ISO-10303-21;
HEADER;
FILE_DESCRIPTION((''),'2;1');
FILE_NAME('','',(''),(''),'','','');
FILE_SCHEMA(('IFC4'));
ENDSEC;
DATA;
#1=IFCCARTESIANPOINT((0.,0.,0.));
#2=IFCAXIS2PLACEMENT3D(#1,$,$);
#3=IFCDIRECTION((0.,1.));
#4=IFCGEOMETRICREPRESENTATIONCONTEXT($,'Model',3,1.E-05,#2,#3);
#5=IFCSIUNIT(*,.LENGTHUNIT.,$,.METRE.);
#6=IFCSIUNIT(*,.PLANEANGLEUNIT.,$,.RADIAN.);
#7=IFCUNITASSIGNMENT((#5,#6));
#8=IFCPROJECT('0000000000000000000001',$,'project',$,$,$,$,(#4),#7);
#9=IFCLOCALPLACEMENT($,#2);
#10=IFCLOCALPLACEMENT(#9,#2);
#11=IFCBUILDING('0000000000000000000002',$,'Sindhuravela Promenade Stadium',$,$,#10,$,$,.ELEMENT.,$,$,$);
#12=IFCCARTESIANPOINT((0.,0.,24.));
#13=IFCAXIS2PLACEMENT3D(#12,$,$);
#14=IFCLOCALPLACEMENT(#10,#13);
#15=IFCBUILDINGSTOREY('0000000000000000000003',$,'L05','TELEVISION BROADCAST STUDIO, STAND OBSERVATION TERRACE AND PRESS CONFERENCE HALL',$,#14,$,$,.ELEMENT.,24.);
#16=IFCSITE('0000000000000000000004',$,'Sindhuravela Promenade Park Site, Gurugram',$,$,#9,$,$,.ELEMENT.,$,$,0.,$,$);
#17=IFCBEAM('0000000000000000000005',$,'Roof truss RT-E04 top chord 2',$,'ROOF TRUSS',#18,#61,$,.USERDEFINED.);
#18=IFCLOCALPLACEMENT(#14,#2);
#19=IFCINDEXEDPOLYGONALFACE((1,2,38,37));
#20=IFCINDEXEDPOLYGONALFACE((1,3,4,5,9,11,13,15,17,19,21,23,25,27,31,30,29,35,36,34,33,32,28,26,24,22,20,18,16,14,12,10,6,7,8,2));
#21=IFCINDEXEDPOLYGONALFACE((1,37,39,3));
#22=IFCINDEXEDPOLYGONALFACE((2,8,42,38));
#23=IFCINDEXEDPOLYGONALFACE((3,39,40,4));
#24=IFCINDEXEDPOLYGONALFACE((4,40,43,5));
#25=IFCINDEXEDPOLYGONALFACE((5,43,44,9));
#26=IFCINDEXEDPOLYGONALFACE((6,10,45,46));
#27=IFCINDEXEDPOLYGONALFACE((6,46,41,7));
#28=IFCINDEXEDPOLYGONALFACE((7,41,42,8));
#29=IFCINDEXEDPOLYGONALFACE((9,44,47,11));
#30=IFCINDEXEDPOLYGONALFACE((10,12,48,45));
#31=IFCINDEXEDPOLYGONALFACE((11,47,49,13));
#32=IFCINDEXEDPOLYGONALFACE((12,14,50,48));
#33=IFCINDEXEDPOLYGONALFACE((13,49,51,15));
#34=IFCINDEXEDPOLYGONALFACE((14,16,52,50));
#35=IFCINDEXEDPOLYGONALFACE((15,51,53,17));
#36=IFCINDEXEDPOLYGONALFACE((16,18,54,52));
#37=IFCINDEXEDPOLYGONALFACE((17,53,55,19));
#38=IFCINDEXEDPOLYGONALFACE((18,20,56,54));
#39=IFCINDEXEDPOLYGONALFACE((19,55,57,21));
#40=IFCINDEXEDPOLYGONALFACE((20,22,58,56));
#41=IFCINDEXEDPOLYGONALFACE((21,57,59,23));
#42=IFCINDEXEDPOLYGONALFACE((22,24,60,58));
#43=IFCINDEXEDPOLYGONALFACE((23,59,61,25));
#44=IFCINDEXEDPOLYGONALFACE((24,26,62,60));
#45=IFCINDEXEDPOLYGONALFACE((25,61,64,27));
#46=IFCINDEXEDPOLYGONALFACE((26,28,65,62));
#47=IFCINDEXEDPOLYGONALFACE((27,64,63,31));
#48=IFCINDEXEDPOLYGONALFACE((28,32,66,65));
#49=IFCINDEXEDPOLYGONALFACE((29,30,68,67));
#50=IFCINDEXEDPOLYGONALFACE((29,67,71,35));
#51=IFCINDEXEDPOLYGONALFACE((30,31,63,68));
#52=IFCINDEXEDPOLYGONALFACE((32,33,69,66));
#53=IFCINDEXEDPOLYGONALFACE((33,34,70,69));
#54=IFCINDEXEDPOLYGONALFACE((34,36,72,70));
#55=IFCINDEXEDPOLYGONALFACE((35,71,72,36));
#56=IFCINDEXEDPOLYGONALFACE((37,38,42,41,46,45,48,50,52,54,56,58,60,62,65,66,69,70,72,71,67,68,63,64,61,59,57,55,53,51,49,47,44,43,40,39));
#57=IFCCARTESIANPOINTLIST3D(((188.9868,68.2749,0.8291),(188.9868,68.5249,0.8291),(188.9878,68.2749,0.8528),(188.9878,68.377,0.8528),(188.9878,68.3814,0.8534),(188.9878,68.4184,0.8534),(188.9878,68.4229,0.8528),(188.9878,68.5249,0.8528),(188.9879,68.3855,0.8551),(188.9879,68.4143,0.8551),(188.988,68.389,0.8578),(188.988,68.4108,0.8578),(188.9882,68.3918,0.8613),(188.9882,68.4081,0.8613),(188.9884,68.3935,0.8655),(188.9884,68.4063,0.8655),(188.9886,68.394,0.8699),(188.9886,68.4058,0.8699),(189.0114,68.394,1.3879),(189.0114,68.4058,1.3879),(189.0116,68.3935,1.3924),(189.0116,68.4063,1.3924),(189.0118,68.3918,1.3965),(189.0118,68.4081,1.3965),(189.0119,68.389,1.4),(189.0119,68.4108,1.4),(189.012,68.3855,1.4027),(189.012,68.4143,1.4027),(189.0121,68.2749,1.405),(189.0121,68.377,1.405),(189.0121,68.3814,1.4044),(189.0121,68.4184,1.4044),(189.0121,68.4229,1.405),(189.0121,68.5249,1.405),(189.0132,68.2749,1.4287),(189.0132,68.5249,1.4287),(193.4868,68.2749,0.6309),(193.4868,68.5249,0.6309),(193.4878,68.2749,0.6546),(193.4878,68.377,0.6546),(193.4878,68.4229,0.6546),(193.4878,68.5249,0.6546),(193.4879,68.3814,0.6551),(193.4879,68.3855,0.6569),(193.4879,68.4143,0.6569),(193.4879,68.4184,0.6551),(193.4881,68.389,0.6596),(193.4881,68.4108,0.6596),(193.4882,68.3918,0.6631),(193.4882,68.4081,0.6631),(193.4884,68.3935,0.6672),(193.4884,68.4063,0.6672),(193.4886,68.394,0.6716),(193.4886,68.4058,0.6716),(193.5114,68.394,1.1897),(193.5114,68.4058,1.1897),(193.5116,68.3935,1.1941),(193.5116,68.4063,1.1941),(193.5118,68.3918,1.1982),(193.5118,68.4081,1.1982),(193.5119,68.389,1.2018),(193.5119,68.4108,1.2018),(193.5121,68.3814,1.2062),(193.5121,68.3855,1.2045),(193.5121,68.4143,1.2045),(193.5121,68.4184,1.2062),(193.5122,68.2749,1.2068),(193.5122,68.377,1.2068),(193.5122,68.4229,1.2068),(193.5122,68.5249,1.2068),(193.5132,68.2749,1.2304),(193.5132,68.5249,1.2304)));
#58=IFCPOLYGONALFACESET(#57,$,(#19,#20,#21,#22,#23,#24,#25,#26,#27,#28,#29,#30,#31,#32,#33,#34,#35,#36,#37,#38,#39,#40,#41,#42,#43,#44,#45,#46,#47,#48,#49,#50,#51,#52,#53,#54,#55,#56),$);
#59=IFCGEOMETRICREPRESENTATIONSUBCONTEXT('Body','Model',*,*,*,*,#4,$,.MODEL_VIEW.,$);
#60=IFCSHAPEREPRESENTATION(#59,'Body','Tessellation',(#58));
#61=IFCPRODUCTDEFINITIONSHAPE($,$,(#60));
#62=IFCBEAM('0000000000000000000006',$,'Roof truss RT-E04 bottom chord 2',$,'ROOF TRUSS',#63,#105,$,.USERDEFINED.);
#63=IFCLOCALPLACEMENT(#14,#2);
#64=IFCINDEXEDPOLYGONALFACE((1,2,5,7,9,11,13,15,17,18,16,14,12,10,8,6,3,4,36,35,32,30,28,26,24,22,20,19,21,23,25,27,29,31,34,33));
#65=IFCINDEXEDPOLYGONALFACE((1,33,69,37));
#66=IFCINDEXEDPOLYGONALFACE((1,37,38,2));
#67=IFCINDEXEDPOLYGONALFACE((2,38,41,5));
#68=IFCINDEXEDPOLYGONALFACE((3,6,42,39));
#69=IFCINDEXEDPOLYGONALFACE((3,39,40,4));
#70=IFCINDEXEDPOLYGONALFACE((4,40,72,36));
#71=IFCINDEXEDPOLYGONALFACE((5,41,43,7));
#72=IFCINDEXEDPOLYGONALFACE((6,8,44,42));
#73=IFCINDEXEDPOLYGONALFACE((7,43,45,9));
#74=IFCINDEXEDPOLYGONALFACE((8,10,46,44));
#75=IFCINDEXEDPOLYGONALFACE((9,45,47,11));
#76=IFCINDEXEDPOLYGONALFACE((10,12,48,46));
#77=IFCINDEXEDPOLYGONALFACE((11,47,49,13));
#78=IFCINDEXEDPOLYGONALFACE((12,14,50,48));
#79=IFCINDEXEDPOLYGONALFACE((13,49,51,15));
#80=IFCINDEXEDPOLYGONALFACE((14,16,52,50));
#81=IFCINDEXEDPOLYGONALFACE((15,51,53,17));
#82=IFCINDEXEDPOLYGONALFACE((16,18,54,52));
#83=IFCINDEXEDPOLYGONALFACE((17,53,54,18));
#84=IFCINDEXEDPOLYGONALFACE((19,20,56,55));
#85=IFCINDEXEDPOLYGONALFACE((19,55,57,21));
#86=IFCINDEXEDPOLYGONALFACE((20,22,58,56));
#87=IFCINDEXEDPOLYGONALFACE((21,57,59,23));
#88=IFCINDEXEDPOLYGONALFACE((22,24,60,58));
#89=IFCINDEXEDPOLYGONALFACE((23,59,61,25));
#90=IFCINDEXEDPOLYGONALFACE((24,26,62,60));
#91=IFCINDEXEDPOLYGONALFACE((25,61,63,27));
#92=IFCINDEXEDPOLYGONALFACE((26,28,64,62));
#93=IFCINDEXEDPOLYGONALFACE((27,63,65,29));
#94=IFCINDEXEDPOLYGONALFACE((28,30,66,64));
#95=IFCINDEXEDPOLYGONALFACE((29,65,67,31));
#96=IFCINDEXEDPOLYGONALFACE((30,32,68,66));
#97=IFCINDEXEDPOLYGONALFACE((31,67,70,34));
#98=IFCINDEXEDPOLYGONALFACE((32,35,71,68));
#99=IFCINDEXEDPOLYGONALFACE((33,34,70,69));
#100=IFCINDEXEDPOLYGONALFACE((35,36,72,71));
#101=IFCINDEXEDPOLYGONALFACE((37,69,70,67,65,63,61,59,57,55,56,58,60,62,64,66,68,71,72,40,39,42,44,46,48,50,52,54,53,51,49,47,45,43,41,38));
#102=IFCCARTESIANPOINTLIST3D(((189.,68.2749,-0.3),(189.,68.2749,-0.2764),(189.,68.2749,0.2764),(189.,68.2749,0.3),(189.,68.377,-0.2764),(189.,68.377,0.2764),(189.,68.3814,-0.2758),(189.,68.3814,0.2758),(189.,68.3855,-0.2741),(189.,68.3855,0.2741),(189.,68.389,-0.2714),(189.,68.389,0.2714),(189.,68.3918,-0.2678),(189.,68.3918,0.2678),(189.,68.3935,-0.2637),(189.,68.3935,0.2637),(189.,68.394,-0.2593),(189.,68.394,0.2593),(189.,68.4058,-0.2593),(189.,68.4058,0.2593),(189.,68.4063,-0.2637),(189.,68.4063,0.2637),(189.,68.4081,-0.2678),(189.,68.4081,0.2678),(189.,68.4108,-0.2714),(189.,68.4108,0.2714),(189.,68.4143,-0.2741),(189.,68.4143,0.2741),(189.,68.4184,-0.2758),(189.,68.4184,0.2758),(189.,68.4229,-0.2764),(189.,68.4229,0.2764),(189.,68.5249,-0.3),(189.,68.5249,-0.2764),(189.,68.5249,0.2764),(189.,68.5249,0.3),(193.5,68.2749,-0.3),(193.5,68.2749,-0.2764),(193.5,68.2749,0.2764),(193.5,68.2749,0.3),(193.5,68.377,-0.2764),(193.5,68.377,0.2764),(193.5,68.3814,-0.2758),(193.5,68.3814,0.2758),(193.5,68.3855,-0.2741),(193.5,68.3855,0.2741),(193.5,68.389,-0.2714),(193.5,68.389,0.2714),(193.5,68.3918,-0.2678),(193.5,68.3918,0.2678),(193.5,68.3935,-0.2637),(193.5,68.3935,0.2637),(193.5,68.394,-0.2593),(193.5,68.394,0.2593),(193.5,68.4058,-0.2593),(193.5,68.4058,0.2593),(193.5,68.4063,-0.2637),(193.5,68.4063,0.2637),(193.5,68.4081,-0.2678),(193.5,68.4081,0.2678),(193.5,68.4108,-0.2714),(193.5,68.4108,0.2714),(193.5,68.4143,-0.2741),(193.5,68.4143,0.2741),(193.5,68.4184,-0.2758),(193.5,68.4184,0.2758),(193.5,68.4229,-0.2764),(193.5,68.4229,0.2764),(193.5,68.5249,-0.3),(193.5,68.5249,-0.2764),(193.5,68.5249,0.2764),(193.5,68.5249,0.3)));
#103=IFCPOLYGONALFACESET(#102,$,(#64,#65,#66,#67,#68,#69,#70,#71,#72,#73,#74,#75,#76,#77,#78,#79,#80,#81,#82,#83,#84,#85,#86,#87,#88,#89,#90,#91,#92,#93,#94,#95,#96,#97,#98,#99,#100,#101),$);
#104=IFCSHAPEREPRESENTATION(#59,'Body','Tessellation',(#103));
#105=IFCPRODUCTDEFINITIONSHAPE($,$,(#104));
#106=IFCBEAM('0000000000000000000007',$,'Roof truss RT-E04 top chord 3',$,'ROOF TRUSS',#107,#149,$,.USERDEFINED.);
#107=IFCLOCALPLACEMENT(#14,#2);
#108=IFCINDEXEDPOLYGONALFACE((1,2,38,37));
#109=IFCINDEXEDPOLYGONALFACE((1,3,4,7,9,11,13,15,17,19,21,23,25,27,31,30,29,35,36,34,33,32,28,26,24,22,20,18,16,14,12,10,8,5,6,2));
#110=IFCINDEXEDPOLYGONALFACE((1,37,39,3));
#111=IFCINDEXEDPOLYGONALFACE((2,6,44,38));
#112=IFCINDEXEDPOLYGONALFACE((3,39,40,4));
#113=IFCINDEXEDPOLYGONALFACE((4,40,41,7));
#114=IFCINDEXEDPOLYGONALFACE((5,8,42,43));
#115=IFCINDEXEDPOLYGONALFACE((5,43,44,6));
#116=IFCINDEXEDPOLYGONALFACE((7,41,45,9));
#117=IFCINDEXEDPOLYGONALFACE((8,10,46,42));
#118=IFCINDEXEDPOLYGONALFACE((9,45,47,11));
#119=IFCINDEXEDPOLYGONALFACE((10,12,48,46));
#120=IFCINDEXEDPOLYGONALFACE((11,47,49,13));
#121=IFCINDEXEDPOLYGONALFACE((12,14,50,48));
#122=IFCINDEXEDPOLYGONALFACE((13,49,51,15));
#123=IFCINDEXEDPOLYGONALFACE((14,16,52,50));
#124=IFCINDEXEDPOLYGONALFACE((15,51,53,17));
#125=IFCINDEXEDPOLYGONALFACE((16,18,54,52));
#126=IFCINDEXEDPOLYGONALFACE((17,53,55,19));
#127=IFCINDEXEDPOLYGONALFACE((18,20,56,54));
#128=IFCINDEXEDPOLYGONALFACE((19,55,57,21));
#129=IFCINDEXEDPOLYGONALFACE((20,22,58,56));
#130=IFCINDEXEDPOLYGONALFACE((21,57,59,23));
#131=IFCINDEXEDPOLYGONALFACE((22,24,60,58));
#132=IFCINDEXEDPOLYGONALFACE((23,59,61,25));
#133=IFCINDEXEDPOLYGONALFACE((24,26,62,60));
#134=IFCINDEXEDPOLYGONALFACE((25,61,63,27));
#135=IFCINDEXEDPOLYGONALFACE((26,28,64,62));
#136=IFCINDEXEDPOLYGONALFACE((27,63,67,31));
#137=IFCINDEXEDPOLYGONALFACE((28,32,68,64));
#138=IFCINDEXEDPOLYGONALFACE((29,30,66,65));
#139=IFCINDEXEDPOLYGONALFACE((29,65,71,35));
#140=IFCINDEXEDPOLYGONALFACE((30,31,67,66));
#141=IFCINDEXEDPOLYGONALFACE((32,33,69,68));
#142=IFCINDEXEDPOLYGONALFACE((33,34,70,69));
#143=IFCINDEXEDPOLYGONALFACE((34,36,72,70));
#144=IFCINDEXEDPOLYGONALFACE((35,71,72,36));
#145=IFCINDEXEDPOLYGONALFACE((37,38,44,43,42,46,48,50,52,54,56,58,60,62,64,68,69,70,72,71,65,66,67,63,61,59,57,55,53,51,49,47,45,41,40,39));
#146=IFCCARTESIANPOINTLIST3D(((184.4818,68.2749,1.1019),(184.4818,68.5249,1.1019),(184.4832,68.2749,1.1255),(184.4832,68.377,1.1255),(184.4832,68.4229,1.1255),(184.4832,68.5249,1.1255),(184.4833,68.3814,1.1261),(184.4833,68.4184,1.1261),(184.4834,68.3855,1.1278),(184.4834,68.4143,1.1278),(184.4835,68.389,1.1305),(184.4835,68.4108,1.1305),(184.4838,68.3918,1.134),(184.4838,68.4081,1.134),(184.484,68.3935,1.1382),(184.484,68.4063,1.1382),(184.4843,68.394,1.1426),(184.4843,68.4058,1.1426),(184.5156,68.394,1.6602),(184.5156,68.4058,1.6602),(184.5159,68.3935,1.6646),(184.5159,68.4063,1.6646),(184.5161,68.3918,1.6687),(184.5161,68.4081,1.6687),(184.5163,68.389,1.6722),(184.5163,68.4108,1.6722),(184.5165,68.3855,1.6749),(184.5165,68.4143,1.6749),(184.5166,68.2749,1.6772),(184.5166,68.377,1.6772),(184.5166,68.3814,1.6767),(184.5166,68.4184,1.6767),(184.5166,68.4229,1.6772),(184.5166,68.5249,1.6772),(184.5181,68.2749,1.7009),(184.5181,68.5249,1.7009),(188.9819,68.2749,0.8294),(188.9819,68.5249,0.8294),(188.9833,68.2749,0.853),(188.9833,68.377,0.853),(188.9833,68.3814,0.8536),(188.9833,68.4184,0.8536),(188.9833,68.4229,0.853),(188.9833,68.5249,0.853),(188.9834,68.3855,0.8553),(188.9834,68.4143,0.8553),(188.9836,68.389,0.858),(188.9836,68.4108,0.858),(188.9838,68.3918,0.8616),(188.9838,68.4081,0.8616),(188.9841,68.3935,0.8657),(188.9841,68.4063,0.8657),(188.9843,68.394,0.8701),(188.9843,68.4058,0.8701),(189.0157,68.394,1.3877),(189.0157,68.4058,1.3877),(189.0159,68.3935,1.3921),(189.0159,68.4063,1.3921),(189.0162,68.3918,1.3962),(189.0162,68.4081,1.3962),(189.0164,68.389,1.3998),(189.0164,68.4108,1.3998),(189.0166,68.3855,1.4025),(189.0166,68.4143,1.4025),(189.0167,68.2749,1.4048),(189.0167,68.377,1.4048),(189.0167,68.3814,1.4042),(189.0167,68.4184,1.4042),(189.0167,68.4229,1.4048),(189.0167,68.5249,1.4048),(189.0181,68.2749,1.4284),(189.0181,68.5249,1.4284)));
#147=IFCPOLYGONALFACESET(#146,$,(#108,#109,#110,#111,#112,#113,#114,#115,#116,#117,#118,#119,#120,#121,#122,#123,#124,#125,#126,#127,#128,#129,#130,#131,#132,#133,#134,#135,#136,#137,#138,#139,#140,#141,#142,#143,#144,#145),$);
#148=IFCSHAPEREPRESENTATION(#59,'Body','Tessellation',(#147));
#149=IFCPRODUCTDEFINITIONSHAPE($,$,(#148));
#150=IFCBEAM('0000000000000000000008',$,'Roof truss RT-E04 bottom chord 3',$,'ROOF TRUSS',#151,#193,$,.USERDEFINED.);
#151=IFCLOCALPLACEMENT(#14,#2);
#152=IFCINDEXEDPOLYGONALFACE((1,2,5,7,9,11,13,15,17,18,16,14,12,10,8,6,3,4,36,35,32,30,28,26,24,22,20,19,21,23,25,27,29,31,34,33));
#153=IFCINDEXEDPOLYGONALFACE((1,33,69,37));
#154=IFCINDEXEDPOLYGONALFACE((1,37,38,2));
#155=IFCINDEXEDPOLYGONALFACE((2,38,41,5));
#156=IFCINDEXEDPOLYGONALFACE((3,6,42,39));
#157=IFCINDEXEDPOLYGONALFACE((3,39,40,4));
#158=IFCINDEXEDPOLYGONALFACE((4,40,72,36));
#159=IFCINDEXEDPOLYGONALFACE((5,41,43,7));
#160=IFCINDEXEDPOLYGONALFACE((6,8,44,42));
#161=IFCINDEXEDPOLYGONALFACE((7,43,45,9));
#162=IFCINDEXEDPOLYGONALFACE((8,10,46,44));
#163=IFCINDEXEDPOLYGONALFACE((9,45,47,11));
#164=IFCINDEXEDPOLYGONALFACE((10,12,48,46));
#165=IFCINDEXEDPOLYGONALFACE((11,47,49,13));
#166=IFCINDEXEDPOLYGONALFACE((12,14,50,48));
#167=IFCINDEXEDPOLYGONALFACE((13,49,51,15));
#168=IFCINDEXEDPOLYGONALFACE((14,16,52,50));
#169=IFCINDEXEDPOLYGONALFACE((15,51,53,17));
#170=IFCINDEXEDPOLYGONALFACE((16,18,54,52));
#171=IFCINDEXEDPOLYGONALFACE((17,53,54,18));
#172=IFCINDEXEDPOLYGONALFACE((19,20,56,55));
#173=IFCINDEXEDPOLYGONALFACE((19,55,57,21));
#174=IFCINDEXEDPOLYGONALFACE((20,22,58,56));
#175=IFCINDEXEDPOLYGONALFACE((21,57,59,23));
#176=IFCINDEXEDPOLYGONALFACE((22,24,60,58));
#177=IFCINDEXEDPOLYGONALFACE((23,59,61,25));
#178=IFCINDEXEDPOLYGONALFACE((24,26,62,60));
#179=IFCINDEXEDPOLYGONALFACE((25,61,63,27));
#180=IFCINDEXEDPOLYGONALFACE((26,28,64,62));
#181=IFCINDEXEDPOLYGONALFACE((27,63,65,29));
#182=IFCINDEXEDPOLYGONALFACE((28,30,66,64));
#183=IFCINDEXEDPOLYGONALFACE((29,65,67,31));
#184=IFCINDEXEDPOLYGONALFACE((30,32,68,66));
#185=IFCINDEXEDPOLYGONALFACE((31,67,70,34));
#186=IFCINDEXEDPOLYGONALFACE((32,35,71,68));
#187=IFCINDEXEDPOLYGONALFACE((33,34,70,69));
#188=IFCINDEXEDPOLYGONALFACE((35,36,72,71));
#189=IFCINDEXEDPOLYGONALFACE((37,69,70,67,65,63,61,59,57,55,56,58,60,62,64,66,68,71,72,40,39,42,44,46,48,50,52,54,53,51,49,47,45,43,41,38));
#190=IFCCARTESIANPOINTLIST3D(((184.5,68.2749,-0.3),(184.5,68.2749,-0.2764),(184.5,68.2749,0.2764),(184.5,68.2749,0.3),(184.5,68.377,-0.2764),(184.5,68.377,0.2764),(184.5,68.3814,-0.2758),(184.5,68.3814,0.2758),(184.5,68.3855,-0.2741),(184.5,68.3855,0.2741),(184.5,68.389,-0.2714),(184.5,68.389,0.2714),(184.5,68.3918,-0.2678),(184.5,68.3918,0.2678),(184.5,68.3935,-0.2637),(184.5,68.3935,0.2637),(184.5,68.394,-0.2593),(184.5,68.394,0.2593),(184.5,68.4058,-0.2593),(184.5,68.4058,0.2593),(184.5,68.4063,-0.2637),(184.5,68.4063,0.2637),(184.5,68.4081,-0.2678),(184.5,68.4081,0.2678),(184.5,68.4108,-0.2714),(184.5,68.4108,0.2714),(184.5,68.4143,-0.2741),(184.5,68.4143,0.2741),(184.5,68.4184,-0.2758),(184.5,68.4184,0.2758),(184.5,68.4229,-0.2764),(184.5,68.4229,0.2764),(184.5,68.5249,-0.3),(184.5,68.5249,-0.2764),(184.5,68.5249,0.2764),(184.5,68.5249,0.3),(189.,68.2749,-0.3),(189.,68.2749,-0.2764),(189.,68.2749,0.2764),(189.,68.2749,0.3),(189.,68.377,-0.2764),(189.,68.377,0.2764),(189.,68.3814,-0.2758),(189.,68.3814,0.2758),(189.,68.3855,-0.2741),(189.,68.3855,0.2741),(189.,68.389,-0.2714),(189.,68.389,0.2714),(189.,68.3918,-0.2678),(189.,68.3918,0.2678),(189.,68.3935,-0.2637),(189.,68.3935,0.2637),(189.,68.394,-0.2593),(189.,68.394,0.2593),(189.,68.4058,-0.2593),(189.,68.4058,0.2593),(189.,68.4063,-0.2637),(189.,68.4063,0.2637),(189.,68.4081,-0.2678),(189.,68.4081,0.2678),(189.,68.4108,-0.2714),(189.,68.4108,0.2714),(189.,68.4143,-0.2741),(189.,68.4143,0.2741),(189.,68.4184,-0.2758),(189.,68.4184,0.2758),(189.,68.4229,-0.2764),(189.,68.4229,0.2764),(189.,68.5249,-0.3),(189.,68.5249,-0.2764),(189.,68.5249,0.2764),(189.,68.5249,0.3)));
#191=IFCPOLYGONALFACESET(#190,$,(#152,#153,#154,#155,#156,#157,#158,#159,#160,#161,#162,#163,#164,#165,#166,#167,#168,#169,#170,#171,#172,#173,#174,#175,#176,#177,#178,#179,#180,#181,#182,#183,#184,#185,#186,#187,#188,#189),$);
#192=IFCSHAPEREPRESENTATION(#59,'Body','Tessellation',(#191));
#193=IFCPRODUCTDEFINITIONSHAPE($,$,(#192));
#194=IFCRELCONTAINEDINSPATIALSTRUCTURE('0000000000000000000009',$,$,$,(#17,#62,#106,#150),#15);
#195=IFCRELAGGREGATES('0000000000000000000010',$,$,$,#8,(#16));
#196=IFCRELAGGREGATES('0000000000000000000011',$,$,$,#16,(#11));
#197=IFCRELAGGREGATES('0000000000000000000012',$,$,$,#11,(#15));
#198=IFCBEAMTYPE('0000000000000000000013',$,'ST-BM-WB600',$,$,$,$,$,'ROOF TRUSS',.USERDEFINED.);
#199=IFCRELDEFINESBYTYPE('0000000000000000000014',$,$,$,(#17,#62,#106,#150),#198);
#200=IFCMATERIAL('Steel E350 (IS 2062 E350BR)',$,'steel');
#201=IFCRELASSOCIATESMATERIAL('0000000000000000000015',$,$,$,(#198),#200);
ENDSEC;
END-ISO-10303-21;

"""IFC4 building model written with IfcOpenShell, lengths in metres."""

from ifc_helpers import new_model, si_unit, direction, frame, origin, origin_2d, place, context, subcontext, project, spatial, i_section, extrude, material, material_profile, profile_set, type_object, element, save


model = new_model("IFC4")

# Units and contexts
model_context = context("Model", 3, precision=1e-05, world=origin(), true_north=direction((0.0, 1.0)))
body_context = subcontext(model_context, "Body", "Model", "MODEL_VIEW")
ifc_project = project(units=[si_unit("LENGTHUNIT", "METRE"), si_unit("PLANEANGLEUNIT", "RADIAN")], contexts=[model_context])

# Site, building, storey
site_placement = place(None, origin())
site = spatial("IfcSite", under=ifc_project, at=site_placement, Name="Sindhuravela Promenade Park Site, Gurugram", CompositionType="ELEMENT", RefElevation=0.0)
building_placement = place(site_placement, origin())
building = spatial("IfcBuilding", under=site, at=building_placement, Name="Sindhuravela Promenade Stadium", CompositionType="ELEMENT")
storey_placement = place(building_placement, frame((0.0, 0.0, 24.0)))
storey = spatial("IfcBuildingStorey", under=building, at=storey_placement, Name="L05", Description="TELEVISION BROADCAST STUDIO, STAND OBSERVATION TERRACE AND PRESS CONFERENCE HALL", CompositionType="ELEMENT", Elevation=24.0)

# Beams
ifc_material_1 = material(Name="Steel E350 (IS 2062 E350BR)", Category="steel")
ifc_material_profile_1 = material_profile(ifc_material_1, i_section(OverallWidth=0.25, OverallDepth=0.6001, WebThickness=0.0117, FlangeThickness=0.0237, FilletRadius=0.0171, at=origin_2d()), Name="ISWB 600")
ifc_profile_set_1 = profile_set([ifc_material_profile_1], Name="Steel E350 (IS 2062 E350BR)")
beam_type_1 = type_object("IfcBeamType", Name="ST-BM-WB600", ElementType="ROOF TRUSS", PredefinedType="USERDEFINED", material=ifc_profile_set_1)
beam_1_placement = place(storey_placement, frame((193.5, 68.3999, 0.9307), z_axis=(-0.999031, 0.0, 0.044011), x_axis=(0.0, -1.0, 0.0)))
element("IfcBeam", 1, at=beam_1_placement, inside=storey, type_object=beam_type_1, Name="Roof truss RT-E04 top chord 2", ObjectType="ROOF TRUSS", PredefinedType="USERDEFINED", context=body_context, shape_type="SweptSolid", body=[
    extrude(i_section(OverallWidth=0.25, OverallDepth=0.6001, WebThickness=0.0117, FlangeThickness=0.0237, FilletRadius=0.0171, at=origin_2d()), origin(), (0.0, 0.0, 1.0), 4.5044),
])
beam_2_placement = place(storey_placement, frame((193.5, 68.3999, 0.0), z_axis=(-1.0, 0.0, 0.0), x_axis=(0.0, -1.0, 0.0)))
element("IfcBeam", 2, at=beam_2_placement, inside=storey, type_object=beam_type_1, Name="Roof truss RT-E04 bottom chord 2", ObjectType="ROOF TRUSS", PredefinedType="USERDEFINED", context=body_context, shape_type="SweptSolid", body=[
    extrude(i_section(OverallWidth=0.25, OverallDepth=0.6001, WebThickness=0.0117, FlangeThickness=0.0237, FilletRadius=0.0171, at=origin_2d()), origin(), (0.0, 0.0, 1.0), 4.5),
])
beam_3_placement = place(storey_placement, frame((189.0, 68.3999, 1.1289), z_axis=(-0.998172, 0.0, 0.060436), x_axis=(0.0, -1.0, 0.0)))
element("IfcBeam", 3, at=beam_3_placement, inside=storey, type_object=beam_type_1, Name="Roof truss RT-E04 top chord 3", ObjectType="ROOF TRUSS", PredefinedType="USERDEFINED", context=body_context, shape_type="SweptSolid", body=[
    extrude(i_section(OverallWidth=0.25, OverallDepth=0.6001, WebThickness=0.0117, FlangeThickness=0.0237, FilletRadius=0.0171, at=origin_2d()), origin(), (0.0, 0.0, 1.0), 4.5083),
])
beam_4_placement = place(storey_placement, frame((189.0, 68.3999, 0.0), z_axis=(-1.0, 0.0, 0.0), x_axis=(0.0, -1.0, 0.0)))
element("IfcBeam", 4, at=beam_4_placement, inside=storey, type_object=beam_type_1, Name="Roof truss RT-E04 bottom chord 3", ObjectType="ROOF TRUSS", PredefinedType="USERDEFINED", context=body_context, shape_type="SweptSolid", body=[
    extrude(i_section(OverallWidth=0.25, OverallDepth=0.6001, WebThickness=0.0117, FlangeThickness=0.0237, FilletRadius=0.0171, at=origin_2d()), origin(), (0.0, 0.0, 1.0), 4.5),
])

save(model, "model.ifc")
